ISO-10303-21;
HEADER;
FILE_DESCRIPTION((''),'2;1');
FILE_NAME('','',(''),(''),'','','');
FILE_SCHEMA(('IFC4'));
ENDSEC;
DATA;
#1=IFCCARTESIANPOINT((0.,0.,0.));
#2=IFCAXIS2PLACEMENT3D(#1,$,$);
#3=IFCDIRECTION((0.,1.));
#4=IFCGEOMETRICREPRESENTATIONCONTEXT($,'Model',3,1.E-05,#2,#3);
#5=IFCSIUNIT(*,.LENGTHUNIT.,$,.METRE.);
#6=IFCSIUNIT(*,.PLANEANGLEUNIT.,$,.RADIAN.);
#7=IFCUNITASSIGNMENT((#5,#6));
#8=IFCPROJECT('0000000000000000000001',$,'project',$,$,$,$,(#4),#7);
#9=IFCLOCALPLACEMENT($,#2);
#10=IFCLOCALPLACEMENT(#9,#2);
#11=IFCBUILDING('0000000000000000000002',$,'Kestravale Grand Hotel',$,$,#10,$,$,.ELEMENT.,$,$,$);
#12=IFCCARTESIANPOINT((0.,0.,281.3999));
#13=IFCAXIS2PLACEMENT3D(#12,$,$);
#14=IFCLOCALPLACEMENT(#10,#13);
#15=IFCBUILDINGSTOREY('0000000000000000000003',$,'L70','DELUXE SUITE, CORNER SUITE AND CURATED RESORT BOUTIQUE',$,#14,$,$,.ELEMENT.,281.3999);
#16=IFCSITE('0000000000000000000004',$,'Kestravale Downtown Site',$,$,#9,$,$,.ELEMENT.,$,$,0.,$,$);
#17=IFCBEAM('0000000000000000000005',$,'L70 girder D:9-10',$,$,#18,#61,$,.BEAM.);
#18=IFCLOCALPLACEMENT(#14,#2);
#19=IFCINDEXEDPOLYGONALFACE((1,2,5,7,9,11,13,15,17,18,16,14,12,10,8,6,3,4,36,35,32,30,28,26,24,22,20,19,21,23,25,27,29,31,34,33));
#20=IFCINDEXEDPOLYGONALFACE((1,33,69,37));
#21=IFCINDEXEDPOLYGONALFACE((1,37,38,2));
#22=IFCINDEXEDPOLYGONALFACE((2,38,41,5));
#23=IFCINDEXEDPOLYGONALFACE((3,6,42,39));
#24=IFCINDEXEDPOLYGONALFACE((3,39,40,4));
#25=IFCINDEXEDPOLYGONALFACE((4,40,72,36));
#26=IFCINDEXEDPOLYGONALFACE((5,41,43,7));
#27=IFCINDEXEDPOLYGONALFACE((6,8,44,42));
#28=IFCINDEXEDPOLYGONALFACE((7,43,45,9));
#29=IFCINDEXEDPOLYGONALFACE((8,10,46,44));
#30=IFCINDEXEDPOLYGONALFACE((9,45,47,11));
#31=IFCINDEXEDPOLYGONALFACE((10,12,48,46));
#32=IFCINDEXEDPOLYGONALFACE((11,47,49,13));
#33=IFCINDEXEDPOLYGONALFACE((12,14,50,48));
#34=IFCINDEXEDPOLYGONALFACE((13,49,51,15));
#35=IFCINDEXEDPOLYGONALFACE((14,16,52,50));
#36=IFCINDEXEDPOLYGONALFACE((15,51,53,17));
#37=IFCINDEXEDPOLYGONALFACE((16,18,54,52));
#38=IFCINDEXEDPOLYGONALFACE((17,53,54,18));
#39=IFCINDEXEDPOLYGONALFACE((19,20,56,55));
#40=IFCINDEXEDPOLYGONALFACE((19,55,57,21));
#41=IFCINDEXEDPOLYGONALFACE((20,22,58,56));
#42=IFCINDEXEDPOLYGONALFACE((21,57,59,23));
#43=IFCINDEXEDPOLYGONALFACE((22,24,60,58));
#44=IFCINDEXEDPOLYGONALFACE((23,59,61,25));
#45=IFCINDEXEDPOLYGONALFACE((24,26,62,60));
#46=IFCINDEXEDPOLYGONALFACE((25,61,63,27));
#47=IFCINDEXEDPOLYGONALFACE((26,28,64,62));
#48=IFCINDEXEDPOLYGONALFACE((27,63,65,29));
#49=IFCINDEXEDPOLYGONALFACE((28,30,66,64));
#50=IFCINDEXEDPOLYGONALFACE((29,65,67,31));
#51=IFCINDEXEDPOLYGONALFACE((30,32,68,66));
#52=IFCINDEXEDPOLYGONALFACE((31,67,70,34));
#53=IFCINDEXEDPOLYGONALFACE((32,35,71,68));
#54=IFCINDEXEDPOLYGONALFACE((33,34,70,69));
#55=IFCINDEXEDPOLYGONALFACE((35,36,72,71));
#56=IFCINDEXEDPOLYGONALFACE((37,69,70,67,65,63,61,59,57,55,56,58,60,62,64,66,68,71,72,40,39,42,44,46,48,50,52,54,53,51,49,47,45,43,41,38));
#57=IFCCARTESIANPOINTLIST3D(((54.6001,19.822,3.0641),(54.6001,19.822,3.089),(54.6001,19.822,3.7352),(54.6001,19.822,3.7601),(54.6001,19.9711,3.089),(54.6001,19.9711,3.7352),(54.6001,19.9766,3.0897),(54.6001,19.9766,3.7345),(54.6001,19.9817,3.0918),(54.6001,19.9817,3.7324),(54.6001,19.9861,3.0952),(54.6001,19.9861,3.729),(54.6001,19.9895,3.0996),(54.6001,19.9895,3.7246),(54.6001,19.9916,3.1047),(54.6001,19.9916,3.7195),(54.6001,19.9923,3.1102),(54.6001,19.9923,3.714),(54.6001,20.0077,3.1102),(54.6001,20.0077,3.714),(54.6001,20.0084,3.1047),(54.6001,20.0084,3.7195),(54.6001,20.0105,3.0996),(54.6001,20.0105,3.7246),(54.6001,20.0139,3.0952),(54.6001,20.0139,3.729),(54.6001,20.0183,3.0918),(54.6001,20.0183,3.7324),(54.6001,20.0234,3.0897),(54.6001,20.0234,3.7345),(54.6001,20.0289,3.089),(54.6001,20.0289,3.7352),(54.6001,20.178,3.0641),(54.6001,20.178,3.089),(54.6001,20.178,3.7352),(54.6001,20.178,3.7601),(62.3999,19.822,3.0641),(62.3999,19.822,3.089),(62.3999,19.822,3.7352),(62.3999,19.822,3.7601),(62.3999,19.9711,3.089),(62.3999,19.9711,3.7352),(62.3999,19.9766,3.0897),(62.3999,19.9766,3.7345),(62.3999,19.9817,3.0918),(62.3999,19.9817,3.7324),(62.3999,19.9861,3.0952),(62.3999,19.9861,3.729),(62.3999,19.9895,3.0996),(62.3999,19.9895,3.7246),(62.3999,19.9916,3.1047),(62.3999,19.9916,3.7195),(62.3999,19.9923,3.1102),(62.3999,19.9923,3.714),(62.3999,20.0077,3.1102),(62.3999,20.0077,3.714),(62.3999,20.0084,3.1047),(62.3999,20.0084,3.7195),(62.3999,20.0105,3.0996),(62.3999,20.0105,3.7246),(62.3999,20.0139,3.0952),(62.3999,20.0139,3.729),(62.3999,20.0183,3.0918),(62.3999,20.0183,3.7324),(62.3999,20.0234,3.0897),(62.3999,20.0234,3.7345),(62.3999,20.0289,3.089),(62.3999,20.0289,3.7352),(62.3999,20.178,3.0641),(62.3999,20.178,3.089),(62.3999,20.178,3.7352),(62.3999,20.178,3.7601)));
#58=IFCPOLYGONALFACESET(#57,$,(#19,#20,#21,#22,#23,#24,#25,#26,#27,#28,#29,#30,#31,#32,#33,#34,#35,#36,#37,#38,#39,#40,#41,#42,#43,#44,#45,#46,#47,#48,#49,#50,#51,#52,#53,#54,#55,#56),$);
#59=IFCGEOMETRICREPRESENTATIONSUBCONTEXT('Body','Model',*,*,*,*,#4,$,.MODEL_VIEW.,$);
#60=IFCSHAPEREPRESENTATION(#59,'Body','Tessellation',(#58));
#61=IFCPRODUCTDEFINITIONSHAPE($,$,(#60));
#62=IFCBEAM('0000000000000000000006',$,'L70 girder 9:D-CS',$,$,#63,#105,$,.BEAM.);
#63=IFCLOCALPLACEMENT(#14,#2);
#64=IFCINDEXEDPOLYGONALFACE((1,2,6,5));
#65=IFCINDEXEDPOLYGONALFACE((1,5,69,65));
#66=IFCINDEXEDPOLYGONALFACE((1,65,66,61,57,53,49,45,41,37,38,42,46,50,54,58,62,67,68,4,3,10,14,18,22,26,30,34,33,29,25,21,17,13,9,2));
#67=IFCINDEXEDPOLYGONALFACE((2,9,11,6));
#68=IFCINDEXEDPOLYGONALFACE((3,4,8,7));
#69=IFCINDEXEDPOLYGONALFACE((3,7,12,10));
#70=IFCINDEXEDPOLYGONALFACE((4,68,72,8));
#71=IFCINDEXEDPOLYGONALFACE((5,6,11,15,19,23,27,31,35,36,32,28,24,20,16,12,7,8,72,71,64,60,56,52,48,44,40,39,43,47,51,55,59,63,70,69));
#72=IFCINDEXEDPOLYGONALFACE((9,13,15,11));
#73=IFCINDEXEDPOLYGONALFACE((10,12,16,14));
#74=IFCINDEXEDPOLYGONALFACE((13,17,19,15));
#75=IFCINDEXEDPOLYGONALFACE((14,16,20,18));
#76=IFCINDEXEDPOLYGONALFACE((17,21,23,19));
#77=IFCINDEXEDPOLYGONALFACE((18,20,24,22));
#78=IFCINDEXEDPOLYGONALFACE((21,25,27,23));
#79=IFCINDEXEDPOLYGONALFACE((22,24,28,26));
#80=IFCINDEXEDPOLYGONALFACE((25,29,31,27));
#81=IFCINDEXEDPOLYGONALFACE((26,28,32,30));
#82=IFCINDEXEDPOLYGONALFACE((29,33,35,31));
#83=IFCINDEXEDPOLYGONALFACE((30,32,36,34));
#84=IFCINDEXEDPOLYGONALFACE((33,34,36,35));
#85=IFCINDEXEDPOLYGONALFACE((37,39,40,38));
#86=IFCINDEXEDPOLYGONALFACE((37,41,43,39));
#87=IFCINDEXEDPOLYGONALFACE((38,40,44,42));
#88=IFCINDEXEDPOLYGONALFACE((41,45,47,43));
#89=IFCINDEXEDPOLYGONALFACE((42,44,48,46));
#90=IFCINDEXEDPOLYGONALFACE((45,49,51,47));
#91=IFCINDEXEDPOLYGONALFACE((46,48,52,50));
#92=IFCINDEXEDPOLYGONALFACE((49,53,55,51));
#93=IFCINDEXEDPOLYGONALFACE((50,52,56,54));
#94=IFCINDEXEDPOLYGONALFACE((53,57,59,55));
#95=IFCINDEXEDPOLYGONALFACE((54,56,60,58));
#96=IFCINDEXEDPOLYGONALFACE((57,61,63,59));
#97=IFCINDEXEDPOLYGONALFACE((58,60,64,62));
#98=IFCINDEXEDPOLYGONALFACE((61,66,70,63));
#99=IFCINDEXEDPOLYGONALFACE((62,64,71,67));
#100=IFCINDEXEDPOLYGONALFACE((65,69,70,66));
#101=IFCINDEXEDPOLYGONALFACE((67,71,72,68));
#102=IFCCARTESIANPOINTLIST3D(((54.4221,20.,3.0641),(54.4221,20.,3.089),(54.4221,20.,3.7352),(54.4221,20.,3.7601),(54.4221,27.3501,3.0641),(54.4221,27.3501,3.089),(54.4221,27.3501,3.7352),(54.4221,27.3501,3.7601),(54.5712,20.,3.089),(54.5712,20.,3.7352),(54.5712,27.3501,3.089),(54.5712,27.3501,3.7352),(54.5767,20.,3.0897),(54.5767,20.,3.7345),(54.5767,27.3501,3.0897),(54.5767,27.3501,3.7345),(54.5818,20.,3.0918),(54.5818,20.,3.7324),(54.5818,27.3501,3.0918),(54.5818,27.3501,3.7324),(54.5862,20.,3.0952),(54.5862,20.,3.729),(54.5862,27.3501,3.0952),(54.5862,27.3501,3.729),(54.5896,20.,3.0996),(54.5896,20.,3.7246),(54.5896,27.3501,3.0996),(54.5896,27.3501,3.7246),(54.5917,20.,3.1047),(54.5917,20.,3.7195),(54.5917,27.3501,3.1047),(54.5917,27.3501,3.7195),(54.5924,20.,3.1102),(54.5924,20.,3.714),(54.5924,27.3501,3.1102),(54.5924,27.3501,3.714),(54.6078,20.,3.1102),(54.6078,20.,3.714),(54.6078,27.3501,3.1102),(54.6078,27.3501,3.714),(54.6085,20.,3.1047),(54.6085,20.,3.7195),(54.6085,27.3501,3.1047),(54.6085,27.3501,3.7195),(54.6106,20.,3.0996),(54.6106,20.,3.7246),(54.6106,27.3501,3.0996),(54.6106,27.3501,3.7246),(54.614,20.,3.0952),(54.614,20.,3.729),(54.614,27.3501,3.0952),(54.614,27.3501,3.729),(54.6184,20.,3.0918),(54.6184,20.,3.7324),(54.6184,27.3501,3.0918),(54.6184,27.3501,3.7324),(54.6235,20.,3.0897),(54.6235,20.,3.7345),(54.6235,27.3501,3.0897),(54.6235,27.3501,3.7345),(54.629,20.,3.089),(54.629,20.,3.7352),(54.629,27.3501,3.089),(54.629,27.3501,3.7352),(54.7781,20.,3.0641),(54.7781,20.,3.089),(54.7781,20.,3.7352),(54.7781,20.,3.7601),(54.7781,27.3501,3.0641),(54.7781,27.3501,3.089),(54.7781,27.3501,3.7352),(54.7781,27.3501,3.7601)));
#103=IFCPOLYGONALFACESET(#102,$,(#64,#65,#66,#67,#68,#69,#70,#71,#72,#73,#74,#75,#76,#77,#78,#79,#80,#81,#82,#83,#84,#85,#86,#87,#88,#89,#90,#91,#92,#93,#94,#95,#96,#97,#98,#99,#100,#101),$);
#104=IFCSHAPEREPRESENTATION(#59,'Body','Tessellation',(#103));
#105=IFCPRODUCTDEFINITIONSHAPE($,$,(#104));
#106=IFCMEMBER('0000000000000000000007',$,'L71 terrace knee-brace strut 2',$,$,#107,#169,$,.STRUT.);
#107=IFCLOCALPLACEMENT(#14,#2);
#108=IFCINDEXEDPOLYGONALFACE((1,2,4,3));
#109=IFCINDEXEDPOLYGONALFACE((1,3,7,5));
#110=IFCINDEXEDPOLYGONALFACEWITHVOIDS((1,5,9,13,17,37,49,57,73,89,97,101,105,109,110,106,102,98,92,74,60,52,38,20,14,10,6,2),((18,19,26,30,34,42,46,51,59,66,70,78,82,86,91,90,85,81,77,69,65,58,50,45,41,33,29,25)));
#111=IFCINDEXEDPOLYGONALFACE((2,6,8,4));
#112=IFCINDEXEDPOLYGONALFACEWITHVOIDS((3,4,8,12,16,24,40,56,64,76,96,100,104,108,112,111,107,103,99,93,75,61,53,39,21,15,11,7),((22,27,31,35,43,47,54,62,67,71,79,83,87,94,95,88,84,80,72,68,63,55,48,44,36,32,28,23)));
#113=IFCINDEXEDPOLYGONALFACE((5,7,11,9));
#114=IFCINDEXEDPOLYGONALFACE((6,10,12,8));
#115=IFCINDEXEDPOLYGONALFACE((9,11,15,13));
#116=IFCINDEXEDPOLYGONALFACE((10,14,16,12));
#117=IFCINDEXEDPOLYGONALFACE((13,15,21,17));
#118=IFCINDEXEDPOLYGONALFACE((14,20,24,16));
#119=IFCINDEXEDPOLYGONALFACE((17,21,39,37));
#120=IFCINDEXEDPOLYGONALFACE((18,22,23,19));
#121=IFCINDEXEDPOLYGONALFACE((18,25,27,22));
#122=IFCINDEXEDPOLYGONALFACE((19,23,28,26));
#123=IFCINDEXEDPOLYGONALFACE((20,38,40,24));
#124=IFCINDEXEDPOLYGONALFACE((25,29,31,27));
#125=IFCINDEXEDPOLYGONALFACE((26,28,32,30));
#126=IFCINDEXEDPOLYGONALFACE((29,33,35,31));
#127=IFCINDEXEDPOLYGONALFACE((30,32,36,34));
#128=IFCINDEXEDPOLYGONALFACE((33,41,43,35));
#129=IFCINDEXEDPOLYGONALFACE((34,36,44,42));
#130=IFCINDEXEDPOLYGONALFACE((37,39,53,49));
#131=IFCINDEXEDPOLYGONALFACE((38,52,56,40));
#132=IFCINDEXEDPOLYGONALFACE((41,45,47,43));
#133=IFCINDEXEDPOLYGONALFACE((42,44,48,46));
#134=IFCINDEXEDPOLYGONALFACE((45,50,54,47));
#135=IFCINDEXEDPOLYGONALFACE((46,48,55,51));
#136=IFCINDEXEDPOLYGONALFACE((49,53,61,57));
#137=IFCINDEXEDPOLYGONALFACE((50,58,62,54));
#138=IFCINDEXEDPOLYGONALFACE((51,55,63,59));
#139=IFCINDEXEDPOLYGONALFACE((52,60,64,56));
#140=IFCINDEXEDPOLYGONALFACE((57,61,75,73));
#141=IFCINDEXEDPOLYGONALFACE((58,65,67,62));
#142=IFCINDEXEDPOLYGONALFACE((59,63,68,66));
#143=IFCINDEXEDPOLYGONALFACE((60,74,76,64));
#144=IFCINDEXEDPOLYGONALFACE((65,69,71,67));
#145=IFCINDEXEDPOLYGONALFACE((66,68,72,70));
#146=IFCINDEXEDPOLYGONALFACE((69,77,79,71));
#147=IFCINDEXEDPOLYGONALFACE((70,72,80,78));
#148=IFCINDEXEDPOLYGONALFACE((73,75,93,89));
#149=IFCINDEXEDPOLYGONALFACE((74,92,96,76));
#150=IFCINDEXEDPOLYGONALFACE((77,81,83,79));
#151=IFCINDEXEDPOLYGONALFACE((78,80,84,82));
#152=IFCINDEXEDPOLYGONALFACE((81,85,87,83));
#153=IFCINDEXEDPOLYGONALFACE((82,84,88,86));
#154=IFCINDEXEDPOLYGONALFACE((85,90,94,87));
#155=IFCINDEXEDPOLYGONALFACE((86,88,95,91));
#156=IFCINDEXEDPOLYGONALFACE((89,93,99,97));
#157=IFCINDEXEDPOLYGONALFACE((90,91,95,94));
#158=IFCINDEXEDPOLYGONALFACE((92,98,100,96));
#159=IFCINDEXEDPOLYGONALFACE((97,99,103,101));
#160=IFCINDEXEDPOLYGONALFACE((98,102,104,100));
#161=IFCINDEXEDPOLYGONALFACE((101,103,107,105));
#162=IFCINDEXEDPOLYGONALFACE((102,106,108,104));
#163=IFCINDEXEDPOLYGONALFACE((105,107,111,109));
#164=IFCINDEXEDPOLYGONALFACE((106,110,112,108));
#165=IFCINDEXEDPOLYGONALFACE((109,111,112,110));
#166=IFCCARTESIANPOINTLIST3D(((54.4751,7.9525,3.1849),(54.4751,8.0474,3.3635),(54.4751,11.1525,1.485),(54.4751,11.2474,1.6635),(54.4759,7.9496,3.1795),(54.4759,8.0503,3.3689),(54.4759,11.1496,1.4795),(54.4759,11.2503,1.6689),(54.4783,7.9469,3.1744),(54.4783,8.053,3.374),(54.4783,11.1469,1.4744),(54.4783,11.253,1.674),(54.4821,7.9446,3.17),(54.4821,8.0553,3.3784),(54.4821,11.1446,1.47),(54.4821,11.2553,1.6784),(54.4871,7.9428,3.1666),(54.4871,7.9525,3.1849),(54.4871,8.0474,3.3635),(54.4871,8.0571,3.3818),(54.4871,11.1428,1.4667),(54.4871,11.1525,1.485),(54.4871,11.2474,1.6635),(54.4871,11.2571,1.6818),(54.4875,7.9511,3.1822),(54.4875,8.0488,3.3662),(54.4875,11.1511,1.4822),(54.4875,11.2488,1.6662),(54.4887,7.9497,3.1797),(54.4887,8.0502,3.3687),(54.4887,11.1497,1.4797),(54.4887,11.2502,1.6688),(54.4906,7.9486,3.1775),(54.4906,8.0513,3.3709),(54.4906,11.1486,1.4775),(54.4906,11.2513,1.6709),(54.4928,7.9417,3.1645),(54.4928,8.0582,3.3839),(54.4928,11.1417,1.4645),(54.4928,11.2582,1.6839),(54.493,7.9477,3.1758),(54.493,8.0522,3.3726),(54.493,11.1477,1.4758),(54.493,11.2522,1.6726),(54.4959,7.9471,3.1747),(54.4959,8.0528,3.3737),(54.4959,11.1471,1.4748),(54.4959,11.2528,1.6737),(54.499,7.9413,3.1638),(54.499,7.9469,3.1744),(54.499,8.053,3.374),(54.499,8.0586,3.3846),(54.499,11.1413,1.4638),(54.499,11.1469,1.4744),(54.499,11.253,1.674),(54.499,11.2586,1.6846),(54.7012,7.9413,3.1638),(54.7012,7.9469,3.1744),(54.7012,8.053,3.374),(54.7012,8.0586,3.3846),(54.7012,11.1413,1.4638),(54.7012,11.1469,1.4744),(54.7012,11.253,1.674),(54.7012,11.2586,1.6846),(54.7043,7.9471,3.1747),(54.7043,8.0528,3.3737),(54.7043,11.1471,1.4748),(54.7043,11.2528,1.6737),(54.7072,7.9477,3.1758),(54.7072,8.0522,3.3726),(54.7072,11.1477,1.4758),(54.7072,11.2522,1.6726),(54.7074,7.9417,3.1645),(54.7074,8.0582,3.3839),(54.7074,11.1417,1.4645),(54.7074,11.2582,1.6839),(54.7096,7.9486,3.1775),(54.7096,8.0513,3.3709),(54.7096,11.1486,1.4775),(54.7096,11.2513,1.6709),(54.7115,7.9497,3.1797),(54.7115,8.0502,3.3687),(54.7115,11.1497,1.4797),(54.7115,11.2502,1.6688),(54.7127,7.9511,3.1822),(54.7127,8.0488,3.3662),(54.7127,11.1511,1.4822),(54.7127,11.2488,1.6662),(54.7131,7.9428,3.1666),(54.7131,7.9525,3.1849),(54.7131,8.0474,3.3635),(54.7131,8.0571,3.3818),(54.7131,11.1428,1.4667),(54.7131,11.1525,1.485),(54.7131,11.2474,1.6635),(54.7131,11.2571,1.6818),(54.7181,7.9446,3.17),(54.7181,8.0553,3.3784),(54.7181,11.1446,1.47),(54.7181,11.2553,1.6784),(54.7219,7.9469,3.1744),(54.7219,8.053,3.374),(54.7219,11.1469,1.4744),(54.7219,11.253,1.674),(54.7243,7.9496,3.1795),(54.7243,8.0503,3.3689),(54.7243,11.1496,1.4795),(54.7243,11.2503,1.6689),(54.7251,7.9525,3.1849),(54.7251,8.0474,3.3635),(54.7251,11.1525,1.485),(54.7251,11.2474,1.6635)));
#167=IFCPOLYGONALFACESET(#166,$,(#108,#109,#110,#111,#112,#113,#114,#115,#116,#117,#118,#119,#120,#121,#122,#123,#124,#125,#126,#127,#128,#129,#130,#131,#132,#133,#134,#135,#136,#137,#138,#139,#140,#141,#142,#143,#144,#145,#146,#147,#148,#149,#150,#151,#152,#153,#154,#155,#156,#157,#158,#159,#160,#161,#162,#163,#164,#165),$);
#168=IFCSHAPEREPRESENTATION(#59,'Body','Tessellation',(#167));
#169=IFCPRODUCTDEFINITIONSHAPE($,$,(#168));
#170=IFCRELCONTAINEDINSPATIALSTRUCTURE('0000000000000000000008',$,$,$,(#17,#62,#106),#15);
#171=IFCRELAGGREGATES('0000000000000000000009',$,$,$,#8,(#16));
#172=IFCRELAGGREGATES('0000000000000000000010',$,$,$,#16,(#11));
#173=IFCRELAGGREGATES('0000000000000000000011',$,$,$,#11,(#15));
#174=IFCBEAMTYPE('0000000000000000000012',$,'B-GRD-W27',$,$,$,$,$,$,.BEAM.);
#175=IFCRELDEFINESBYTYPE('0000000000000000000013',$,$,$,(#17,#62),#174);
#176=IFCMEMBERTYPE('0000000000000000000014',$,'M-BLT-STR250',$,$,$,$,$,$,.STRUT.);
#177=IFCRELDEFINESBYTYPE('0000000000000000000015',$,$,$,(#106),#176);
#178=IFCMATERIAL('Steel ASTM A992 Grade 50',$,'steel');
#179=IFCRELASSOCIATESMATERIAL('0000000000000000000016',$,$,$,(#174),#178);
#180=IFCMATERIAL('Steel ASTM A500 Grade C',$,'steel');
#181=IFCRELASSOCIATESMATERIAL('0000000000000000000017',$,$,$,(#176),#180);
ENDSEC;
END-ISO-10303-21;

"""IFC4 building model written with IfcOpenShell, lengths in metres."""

from ifc_helpers import new_model, si_unit, direction, frame, origin, origin_2d, place, context, subcontext, project, spatial, hollow_rectangle, i_section, extrude, material, material_profile, profile_set, type_object, element, save


model = new_model("IFC4")

# Units and contexts
model_context = context("Model", 3, precision=1e-05, world=origin(), true_north=direction((0.0, 1.0)))
body_context = subcontext(model_context, "Body", "Model", "MODEL_VIEW")
ifc_project = project(units=[si_unit("LENGTHUNIT", "METRE"), si_unit("PLANEANGLEUNIT", "RADIAN")], contexts=[model_context])

# Site, building, storey
site_placement = place(None, origin())
site = spatial("IfcSite", under=ifc_project, at=site_placement, Name="Kestravale Downtown Site", CompositionType="ELEMENT", RefElevation=0.0)
building_placement = place(site_placement, origin())
building = spatial("IfcBuilding", under=site, at=building_placement, Name="Kestravale Grand Hotel", CompositionType="ELEMENT")
storey_placement = place(building_placement, frame((0.0, 0.0, 281.3999)))
storey = spatial("IfcBuildingStorey", under=building, at=storey_placement, Name="L70", Description="DELUXE SUITE, CORNER SUITE AND CURATED RESORT BOUTIQUE", CompositionType="ELEMENT", Elevation=281.3999)

# Beams
ifc_material_1 = material(Name="Steel ASTM A992 Grade 50", Category="steel")
ifc_material_profile_1 = material_profile(ifc_material_1, i_section(OverallWidth=0.356, OverallDepth=0.696, WebThickness=0.0154, FlangeThickness=0.0249, FilletRadius=0.0212, at=origin_2d()))
ifc_profile_set_1 = profile_set([ifc_material_profile_1], Name="Steel ASTM A992 Grade 50")
beam_type_1 = type_object("IfcBeamType", Name="B-GRD-W27", PredefinedType="BEAM", material=ifc_profile_set_1)
beam_1_placement = place(storey_placement, frame((54.6001, 20.0, 3.4121), z_axis=(1.0, 0.0, 0.0), x_axis=(0.0, 1.0, 0.0)))
element("IfcBeam", 1, at=beam_1_placement, inside=storey, type_object=beam_type_1, Name="L70 girder D:9-10", PredefinedType="BEAM", context=body_context, shape_type="SweptSolid", body=[
    extrude(i_section(OverallWidth=0.356, OverallDepth=0.696, WebThickness=0.0154, FlangeThickness=0.0249, FilletRadius=0.0212, at=origin_2d()), origin(), (0.0, 0.0, 1.0), 7.7998),
])
beam_2_placement = place(storey_placement, frame((54.6001, 20.0, 3.4121), z_axis=(0.0, 1.0, 0.0), x_axis=(-1.0, 0.0, 0.0)))
element("IfcBeam", 2, at=beam_2_placement, inside=storey, type_object=beam_type_1, Name="L70 girder 9:D-CS", PredefinedType="BEAM", context=body_context, shape_type="SweptSolid", body=[
    extrude(i_section(OverallWidth=0.356, OverallDepth=0.696, WebThickness=0.0154, FlangeThickness=0.0249, FilletRadius=0.0212, at=origin_2d()), origin(), (0.0, 0.0, 1.0), 7.3501),
])

# Member
ifc_material_2 = material(Name="Steel ASTM A500 Grade C", Category="steel")
ifc_material_profile_2 = material_profile(ifc_material_2, hollow_rectangle(XDim=0.25, YDim=0.25, WallThickness=0.012, InnerFilletRadius=0.012, OuterFilletRadius=0.0239, at=origin_2d()))
ifc_profile_set_2 = profile_set([ifc_material_profile_2], Name="Steel ASTM A500 Grade C")
member_type = type_object("IfcMemberType", Name="M-BLT-STR250", PredefinedType="STRUT", material=ifc_profile_set_2)
member_placement = place(storey_placement, frame((54.6001, 11.2, 1.5742), z_axis=(0.0, -0.883118, 0.46915), x_axis=(1.0, 0.0, 0.0)))
element("IfcMember", 3, at=member_placement, inside=storey, type_object=member_type, Name="L71 terrace knee-brace strut 2", PredefinedType="STRUT", context=body_context, shape_type="SweptSolid", body=[
    extrude(hollow_rectangle(XDim=0.25, YDim=0.25, WallThickness=0.012, InnerFilletRadius=0.012, OuterFilletRadius=0.0239, at=origin_2d()), origin(), (0.0, 0.0, 1.0), 3.6235),
])

save(model, "model.ifc")
